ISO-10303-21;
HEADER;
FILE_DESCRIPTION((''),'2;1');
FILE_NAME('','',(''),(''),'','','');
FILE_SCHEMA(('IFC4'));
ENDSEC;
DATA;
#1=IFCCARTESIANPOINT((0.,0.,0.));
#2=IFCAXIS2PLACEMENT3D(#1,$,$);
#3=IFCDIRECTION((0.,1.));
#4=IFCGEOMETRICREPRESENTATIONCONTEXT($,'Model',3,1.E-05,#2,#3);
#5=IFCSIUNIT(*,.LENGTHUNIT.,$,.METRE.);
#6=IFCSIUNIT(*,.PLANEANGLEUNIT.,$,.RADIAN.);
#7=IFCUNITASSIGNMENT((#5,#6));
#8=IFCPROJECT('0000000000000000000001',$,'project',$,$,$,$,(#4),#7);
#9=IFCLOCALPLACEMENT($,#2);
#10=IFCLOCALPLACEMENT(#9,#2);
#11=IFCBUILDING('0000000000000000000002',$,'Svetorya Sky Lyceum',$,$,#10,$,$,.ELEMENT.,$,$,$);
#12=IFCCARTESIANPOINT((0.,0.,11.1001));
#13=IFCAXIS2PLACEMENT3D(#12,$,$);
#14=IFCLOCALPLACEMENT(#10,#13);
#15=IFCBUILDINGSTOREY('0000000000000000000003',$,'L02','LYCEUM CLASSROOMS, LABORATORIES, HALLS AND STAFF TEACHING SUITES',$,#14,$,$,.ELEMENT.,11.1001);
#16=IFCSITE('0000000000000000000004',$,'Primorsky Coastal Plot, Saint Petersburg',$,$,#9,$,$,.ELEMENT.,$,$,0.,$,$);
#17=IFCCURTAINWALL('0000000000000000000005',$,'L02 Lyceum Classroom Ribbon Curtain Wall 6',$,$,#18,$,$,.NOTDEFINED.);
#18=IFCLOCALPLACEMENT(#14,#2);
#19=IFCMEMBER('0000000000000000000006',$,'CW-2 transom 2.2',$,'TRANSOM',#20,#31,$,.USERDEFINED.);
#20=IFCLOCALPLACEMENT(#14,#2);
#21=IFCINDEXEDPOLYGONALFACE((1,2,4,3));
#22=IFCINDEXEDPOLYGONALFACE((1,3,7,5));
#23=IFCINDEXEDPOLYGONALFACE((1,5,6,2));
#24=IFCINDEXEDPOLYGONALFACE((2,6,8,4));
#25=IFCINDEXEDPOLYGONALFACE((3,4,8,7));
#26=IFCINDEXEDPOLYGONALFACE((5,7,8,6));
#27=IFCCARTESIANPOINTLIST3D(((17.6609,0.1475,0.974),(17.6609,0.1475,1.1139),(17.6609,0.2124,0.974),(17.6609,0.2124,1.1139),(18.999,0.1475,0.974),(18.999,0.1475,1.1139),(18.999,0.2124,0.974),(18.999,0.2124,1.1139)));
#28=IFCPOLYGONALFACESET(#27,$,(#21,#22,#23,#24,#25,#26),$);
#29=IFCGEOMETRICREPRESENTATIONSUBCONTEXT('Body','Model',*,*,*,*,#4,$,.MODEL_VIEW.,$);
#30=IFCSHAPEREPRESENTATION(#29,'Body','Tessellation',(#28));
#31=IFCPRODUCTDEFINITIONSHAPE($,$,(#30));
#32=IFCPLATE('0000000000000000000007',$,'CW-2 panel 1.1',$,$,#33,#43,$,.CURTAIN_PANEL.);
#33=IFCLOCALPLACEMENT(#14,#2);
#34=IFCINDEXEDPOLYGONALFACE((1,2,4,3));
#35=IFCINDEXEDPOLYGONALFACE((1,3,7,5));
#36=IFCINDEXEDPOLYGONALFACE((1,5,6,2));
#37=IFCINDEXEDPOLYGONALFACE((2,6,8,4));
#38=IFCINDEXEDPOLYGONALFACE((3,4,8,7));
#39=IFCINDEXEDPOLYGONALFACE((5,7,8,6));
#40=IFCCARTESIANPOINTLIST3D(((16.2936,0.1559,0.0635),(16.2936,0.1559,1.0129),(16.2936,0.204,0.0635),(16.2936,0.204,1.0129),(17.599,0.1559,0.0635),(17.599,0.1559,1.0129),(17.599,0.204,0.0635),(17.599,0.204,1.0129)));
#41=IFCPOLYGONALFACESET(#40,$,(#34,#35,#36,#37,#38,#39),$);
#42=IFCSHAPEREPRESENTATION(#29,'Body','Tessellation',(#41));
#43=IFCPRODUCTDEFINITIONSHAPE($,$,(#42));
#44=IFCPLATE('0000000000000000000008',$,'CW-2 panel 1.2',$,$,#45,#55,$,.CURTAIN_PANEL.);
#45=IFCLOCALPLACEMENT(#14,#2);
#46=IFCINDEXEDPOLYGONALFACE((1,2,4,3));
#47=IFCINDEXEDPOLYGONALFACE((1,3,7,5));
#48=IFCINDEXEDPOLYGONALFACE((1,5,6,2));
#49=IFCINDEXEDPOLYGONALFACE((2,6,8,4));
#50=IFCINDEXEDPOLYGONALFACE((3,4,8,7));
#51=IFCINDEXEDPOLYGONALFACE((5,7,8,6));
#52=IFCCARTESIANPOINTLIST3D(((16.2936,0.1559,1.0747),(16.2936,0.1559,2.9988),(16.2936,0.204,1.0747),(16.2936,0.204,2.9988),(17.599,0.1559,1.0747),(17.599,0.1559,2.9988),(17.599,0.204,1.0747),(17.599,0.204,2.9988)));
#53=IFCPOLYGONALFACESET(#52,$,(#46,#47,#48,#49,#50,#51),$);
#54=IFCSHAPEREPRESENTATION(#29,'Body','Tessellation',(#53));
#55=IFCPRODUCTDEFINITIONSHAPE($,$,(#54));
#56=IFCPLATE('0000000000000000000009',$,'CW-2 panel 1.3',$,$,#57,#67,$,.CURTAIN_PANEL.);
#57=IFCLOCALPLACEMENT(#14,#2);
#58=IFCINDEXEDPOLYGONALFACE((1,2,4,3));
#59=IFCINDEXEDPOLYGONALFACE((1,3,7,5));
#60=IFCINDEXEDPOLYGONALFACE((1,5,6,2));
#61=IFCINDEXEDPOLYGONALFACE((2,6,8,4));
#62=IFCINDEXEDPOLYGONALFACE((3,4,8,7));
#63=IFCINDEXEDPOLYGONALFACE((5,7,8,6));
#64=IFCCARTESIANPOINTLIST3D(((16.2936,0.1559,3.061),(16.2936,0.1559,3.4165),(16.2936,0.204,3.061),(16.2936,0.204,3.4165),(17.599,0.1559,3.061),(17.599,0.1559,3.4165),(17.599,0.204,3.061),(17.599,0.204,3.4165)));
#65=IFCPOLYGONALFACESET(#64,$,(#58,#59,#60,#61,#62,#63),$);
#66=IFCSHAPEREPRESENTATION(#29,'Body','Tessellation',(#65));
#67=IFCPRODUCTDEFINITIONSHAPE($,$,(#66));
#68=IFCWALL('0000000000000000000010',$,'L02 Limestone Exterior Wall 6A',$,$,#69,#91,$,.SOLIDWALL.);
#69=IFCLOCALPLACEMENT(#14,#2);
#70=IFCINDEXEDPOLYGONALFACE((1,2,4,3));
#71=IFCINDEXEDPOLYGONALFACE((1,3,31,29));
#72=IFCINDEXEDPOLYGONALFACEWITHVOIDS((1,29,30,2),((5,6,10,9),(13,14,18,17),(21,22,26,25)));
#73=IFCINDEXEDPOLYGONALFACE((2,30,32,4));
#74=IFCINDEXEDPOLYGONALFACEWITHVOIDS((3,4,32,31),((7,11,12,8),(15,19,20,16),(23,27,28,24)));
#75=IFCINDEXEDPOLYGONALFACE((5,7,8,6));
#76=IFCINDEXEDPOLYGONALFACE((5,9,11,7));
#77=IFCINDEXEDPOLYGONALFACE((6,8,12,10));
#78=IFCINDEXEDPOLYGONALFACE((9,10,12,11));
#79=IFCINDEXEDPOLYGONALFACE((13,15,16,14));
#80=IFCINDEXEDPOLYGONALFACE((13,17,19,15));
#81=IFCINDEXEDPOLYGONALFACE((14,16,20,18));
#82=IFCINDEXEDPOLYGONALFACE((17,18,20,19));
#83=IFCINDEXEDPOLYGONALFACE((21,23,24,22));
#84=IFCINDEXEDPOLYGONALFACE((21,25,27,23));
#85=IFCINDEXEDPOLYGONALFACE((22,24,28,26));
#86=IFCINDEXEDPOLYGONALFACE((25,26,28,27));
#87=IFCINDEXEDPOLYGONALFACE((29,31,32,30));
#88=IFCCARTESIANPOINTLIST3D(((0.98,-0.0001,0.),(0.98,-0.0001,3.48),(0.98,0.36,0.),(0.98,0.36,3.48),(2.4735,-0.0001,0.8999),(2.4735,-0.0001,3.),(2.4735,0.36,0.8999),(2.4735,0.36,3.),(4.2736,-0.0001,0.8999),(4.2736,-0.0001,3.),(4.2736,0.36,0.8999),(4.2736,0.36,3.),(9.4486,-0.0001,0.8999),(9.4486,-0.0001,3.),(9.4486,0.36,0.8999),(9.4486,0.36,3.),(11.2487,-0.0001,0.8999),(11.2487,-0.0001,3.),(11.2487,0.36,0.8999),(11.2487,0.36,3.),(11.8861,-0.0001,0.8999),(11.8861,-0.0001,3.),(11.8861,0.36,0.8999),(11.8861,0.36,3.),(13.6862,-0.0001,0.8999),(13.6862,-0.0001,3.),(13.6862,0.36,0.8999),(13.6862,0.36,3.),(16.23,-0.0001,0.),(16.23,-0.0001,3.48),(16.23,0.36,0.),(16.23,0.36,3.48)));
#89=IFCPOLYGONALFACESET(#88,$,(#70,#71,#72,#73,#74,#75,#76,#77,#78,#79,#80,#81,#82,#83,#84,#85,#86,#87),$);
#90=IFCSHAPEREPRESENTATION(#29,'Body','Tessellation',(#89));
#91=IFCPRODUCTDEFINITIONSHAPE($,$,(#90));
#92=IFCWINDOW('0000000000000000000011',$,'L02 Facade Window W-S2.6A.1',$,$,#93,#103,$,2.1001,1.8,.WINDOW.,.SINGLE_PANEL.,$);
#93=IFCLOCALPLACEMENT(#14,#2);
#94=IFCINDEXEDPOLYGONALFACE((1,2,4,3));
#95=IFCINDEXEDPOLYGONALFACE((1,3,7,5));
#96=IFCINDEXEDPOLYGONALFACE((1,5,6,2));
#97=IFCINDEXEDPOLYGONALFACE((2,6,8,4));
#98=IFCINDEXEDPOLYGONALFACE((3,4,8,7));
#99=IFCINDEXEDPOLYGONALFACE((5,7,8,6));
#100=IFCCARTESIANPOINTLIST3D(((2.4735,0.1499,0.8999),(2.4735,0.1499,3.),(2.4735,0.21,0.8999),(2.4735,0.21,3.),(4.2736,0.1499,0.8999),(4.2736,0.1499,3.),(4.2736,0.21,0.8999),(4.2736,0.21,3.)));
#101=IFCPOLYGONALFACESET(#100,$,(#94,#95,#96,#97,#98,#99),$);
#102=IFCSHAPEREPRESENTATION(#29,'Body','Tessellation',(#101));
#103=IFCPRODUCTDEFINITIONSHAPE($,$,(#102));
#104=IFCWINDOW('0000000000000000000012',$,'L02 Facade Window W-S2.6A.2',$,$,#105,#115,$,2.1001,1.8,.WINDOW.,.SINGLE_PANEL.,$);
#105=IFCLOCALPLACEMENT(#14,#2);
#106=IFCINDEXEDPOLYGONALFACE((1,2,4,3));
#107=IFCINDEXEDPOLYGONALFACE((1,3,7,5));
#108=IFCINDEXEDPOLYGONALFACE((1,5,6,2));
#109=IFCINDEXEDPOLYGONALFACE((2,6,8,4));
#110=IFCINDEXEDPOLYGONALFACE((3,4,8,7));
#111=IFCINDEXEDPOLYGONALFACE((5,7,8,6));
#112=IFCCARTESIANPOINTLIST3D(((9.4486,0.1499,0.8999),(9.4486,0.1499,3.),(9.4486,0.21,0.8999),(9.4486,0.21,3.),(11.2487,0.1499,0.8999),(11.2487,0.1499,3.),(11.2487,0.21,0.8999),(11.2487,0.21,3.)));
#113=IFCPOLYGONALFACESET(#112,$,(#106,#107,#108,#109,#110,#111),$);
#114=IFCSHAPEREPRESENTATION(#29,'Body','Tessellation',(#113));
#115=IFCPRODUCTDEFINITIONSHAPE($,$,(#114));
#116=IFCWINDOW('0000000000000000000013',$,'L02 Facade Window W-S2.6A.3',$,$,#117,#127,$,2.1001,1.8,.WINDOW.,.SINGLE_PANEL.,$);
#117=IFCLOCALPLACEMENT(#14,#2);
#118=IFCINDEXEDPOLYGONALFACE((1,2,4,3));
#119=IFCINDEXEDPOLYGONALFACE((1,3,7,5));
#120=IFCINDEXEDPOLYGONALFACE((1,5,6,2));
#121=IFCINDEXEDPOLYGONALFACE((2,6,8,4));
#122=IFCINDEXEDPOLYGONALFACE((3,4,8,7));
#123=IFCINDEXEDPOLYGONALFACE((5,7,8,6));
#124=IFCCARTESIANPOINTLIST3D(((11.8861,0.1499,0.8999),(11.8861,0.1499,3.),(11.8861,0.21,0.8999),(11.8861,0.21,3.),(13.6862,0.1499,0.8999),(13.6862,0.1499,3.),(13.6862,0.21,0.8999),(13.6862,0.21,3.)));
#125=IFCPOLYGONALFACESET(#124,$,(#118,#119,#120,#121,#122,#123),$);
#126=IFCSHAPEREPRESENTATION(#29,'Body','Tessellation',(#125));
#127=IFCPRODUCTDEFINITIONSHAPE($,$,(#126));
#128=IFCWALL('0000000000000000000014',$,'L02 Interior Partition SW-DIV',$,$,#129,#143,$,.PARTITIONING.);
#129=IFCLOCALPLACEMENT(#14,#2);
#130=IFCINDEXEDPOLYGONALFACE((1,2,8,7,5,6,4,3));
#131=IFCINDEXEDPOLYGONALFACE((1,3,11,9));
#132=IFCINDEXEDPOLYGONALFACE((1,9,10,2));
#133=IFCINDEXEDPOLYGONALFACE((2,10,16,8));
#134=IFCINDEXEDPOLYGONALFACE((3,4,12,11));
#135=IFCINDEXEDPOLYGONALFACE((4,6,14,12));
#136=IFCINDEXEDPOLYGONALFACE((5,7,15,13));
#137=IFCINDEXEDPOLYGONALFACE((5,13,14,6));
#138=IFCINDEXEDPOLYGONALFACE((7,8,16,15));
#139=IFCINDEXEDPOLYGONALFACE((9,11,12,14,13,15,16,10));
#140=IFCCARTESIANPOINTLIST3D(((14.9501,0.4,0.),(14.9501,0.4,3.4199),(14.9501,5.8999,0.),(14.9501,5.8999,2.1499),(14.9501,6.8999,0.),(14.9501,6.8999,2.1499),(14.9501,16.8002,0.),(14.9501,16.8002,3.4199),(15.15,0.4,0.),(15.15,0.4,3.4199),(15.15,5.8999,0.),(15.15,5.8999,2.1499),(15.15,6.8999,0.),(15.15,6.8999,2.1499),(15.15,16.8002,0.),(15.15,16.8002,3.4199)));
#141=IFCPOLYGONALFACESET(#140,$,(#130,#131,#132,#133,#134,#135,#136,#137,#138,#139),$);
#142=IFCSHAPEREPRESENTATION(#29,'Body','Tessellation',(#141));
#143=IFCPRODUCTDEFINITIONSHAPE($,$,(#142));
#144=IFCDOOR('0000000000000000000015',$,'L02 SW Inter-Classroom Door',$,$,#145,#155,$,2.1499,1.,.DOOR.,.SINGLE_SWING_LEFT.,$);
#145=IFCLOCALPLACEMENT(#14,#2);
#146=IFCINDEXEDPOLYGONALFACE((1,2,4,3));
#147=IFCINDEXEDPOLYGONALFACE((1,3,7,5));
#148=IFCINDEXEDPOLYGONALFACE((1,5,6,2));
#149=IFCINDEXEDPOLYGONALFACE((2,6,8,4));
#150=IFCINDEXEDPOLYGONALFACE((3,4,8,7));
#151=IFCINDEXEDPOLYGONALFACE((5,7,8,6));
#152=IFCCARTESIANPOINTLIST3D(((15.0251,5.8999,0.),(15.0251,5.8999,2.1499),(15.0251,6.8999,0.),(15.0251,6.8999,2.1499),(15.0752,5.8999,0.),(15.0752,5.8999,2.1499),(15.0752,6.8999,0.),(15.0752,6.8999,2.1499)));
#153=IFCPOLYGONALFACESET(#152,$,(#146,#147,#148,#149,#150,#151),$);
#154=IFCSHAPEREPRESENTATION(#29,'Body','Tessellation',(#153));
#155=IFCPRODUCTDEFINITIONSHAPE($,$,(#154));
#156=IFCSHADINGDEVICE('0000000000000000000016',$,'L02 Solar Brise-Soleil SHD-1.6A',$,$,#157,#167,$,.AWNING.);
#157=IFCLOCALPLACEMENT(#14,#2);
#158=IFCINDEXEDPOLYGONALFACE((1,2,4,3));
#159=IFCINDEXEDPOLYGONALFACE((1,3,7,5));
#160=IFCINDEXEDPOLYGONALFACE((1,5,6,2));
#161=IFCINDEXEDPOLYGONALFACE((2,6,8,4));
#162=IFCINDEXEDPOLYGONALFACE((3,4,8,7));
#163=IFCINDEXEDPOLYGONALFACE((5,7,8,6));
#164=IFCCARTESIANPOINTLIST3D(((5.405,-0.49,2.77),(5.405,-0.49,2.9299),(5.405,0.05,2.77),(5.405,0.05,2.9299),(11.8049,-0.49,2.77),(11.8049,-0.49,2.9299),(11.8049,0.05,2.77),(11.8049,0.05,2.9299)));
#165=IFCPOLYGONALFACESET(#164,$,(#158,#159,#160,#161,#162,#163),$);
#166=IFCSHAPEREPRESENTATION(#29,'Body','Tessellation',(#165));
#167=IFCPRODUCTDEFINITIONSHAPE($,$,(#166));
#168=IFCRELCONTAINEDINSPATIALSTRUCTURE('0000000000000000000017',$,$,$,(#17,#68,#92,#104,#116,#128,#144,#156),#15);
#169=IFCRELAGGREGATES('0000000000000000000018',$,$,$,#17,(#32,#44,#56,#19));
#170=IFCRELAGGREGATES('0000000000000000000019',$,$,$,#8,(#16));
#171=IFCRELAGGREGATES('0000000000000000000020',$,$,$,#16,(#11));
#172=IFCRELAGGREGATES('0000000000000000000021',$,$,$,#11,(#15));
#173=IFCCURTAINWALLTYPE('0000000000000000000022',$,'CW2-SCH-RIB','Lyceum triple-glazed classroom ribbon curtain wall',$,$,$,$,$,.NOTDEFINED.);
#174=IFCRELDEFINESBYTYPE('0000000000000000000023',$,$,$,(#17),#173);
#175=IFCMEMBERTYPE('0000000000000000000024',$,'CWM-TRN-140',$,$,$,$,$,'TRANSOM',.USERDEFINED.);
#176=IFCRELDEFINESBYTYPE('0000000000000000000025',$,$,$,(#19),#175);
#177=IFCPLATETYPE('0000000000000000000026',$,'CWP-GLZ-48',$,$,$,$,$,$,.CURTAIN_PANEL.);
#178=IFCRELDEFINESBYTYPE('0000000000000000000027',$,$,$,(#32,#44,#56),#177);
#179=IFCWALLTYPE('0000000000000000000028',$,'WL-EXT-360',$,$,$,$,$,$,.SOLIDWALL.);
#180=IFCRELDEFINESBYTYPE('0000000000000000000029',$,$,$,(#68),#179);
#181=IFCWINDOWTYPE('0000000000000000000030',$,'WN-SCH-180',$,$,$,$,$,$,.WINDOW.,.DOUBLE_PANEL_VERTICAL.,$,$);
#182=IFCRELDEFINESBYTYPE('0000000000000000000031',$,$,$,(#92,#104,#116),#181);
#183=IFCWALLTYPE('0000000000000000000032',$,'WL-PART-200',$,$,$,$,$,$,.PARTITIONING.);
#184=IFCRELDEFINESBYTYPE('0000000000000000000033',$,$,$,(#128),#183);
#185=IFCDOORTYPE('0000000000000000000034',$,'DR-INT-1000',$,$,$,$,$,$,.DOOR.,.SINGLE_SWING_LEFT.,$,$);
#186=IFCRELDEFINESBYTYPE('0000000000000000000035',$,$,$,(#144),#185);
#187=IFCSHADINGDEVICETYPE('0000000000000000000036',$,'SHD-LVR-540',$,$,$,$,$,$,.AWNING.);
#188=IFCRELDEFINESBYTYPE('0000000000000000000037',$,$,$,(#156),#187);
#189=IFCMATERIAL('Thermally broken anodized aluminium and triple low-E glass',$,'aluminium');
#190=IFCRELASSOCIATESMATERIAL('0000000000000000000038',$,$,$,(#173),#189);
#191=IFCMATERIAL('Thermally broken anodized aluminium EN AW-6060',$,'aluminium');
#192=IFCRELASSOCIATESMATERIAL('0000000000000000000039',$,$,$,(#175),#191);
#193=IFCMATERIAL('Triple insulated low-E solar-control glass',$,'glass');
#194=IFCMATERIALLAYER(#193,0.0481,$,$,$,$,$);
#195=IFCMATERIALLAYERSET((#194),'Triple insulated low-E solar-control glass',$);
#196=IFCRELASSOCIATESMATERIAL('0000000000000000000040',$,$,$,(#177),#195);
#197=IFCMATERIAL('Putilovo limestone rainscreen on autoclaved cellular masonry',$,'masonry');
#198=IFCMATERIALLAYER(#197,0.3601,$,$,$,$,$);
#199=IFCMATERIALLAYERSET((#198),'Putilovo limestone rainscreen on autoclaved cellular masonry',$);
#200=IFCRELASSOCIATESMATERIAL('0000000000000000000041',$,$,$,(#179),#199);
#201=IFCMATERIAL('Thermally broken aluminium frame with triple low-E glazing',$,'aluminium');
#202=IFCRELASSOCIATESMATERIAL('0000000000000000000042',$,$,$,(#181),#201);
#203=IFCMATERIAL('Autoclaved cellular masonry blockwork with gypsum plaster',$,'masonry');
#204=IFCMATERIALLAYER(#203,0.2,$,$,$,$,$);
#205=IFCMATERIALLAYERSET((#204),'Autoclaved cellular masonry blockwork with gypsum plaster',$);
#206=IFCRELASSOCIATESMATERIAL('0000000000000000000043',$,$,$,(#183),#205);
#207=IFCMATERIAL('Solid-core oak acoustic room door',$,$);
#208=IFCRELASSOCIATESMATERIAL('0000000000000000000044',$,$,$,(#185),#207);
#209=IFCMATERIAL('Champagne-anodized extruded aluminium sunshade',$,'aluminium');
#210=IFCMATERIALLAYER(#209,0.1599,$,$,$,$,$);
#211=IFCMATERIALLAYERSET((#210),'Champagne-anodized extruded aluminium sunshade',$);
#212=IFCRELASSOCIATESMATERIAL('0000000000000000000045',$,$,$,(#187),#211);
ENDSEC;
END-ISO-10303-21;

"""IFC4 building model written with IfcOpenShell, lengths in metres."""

from ifc_helpers import new_model, si_unit, direction, frame, frame_2d, origin, origin_2d, place, context, subcontext, project, spatial, rectangle, extrude, material, layer, layer_set, material_profile, profile_set, type_object, element, fill, aggregate, save


model = new_model("IFC4")

# Units and contexts
model_context = context("Model", 3, precision=1e-05, world=origin(), true_north=direction((0.0, 1.0)))
body_context = subcontext(model_context, "Body", "Model", "MODEL_VIEW")
ifc_project = project(units=[si_unit("LENGTHUNIT", "METRE"), si_unit("PLANEANGLEUNIT", "RADIAN")], contexts=[model_context])

# Site, building, storey
site_placement = place(None, origin())
site = spatial("IfcSite", under=ifc_project, at=site_placement, Name="Primorsky Coastal Plot, Saint Petersburg", CompositionType="ELEMENT", RefElevation=0.0)
building_placement = place(site_placement, origin())
building = spatial("IfcBuilding", under=site, at=building_placement, Name="Svetorya Sky Lyceum", CompositionType="ELEMENT")
storey_placement = place(building_placement, frame((0.0, 0.0, 11.1001)))
storey = spatial("IfcBuildingStorey", under=building, at=storey_placement, Name="L02", Description="LYCEUM CLASSROOMS, LABORATORIES, HALLS AND STAFF TEACHING SUITES", CompositionType="ELEMENT", Elevation=11.1001)

# Curtain wall, member, plates
ifc_material_1 = material(Name="Thermally broken anodized aluminium and triple low-E glass", Category="aluminium")
curtain_wall_type = type_object("IfcCurtainWallType", Name="CW2-SCH-RIB", Description="Lyceum triple-glazed classroom ribbon curtain wall", PredefinedType="NOTDEFINED", material=ifc_material_1)
curtain_wall_placement = place(storey_placement, origin())
curtain_wall = element("IfcCurtainWall", 1, at=curtain_wall_placement, inside=storey, type_object=curtain_wall_type, Name="L02 Lyceum Classroom Ribbon Curtain Wall 6", PredefinedType="NOTDEFINED")
ifc_material_2 = material(Name="Thermally broken anodized aluminium EN AW-6060", Category="aluminium")
ifc_material_profile_1 = material_profile(ifc_material_2, rectangle(XDim=0.0649, YDim=0.1399, at=origin_2d()), Name="ALU TRANSOM 65x140")
ifc_profile_set_1 = profile_set([ifc_material_profile_1], Name="Thermally broken anodized aluminium EN AW-6060")
member_type_1 = type_object("IfcMemberType", Name="CWM-TRN-140", ElementType="TRANSOM", PredefinedType="USERDEFINED", material=ifc_profile_set_1)
member_1_placement = place(storey_placement, frame((17.6609, 0.1799, 1.0439), z_axis=(1.0, 0.0, 0.0), x_axis=(0.0, 1.0, 0.0)))
member_1 = element("IfcMember", 2, at=member_1_placement, type_object=member_type_1, Name="CW-2 transom 2.2", ObjectType="TRANSOM", PredefinedType="USERDEFINED", context=body_context, shape_type="SweptSolid", body=[
    extrude(rectangle(XDim=0.0649, YDim=0.1399, at=origin_2d()), origin(), (0.0, 0.0, 1.0), 1.3381),
])
ifc_material_3 = material(Name="Triple insulated low-E solar-control glass", Category="glass")
ifc_layer_1 = layer(ifc_material_3, 0.0481)
ifc_layer_set_1 = layer_set([ifc_layer_1], Name="Triple insulated low-E solar-control glass")
plate_type = type_object("IfcPlateType", Name="CWP-GLZ-48", PredefinedType="CURTAIN_PANEL", material=ifc_layer_set_1)
plate_1_placement = place(storey_placement, frame((16.9463, 0.1799, 0.0635), z_axis=(0.0, 0.0, 1.0), x_axis=(1.0, 0.0, 0.0)))
plate_1 = element("IfcPlate", 3, at=plate_1_placement, type_object=plate_type, Name="CW-2 panel 1.1", PredefinedType="CURTAIN_PANEL", context=body_context, shape_type="SweptSolid", body=[
    extrude(rectangle(XDim=1.3054, YDim=0.0481, at=origin_2d()), origin(), (0.0, 0.0, 1.0), 0.9495),
])
plate_2_placement = place(storey_placement, frame((16.9463, 0.1799, 1.0747), z_axis=(0.0, 0.0, 1.0), x_axis=(1.0, 0.0, 0.0)))
plate_2 = element("IfcPlate", 4, at=plate_2_placement, type_object=plate_type, Name="CW-2 panel 1.2", PredefinedType="CURTAIN_PANEL", context=body_context, shape_type="SweptSolid", body=[
    extrude(rectangle(XDim=1.3054, YDim=0.0481, at=origin_2d()), origin(), (0.0, 0.0, 1.0), 1.9241),
])
plate_3_placement = place(storey_placement, frame((16.9463, 0.1799, 3.061), z_axis=(0.0, 0.0, 1.0), x_axis=(1.0, 0.0, 0.0)))
plate_3 = element("IfcPlate", 5, at=plate_3_placement, type_object=plate_type, Name="CW-2 panel 1.3", PredefinedType="CURTAIN_PANEL", context=body_context, shape_type="SweptSolid", body=[
    extrude(rectangle(XDim=1.3054, YDim=0.0481, at=origin_2d()), origin(), (0.0, 0.0, 1.0), 0.3555),
])
aggregate(curtain_wall, [plate_1, plate_2, plate_3, member_1])

# Wall, openings, windows
ifc_material_4 = material(Name="Putilovo limestone rainscreen on autoclaved cellular masonry", Category="masonry")
ifc_layer_2 = layer(ifc_material_4, 0.3601)
ifc_layer_set_2 = layer_set([ifc_layer_2], Name="Putilovo limestone rainscreen on autoclaved cellular masonry")
wall_type_1 = type_object("IfcWallType", Name="WL-EXT-360", PredefinedType="SOLIDWALL", material=ifc_layer_set_2)
wall_1_placement = place(storey_placement, frame((0.98, 0.1799, 0.0), z_axis=(0.0, 0.0, 1.0), x_axis=(1.0, 0.0, 0.0)))
wall_1 = element("IfcWall", 6, at=wall_1_placement, inside=storey, type_object=wall_type_1, Name="L02 Limestone Exterior Wall 6A", PredefinedType="SOLIDWALL", context=body_context, shape_type="SweptSolid", body=[
    extrude(rectangle(XDim=15.25, YDim=0.3601, at=frame_2d((7.625, 0.0))), origin(), (0.0, 0.0, 1.0), 3.48),
])
opening_1_placement = place(wall_1_placement, frame((1.4937, 0.0, 0.8999)))
opening_1 = element("IfcOpeningElement", 7, at=opening_1_placement, cuts=wall_1, PredefinedType="OPENING", context=body_context, shape_type="SweptSolid", body=[
    extrude(rectangle(XDim=1.8, YDim=2.1001, at=frame_2d((0.8999, 1.05))), frame((0.0, 0.1899, 0.0), z_axis=(0.0, -1.0, 0.0), x_axis=(1.0, 0.0, 0.0)), (0.0, 0.0, 1.0), 0.3801),
])
opening_2_placement = place(wall_1_placement, frame((8.4688, 0.0, 0.8999)))
opening_2 = element("IfcOpeningElement", 8, at=opening_2_placement, cuts=wall_1, PredefinedType="OPENING", context=body_context, shape_type="SweptSolid", body=[
    extrude(rectangle(XDim=1.8, YDim=2.1001, at=frame_2d((0.8999, 1.05))), frame((0.0, 0.1899, 0.0), z_axis=(0.0, -1.0, 0.0), x_axis=(1.0, 0.0, 0.0)), (0.0, 0.0, 1.0), 0.3801),
])
opening_3_placement = place(wall_1_placement, frame((10.9062, 0.0, 0.8999)))
opening_3 = element("IfcOpeningElement", 9, at=opening_3_placement, cuts=wall_1, PredefinedType="OPENING", context=body_context, shape_type="SweptSolid", body=[
    extrude(rectangle(XDim=1.8, YDim=2.1001, at=frame_2d((0.8999, 1.05))), frame((0.0, 0.1899, 0.0), z_axis=(0.0, -1.0, 0.0), x_axis=(1.0, 0.0, 0.0)), (0.0, 0.0, 1.0), 0.3801),
])
ifc_material_5 = material(Name="Thermally broken aluminium frame with triple low-E glazing", Category="aluminium")
window_type = type_object("IfcWindowType", Name="WN-SCH-180", PartitioningType="DOUBLE_PANEL_VERTICAL", PredefinedType="WINDOW", material=ifc_material_5)
window_1_placement = place(opening_1_placement, origin())
window_1 = element("IfcWindow", 10, at=window_1_placement, inside=storey, type_object=window_type, Name="L02 Facade Window W-S2.6A.1", OverallHeight=2.1001, OverallWidth=1.8, PartitioningType="SINGLE_PANEL", PredefinedType="WINDOW", context=body_context, shape_type="SweptSolid", body=[
    extrude(rectangle(XDim=1.8, YDim=2.1001, at=frame_2d((0.8999, 1.05))), frame((0.0, 0.03, 0.0), z_axis=(0.0, -1.0, 0.0), x_axis=(1.0, 0.0, 0.0)), (0.0, 0.0, 1.0), 0.0601),
])
fill(opening_1, window_1)
window_2_placement = place(opening_2_placement, origin())
window_2 = element("IfcWindow", 11, at=window_2_placement, inside=storey, type_object=window_type, Name="L02 Facade Window W-S2.6A.2", OverallHeight=2.1001, OverallWidth=1.8, PartitioningType="SINGLE_PANEL", PredefinedType="WINDOW", context=body_context, shape_type="SweptSolid", body=[
    extrude(rectangle(XDim=1.8, YDim=2.1001, at=frame_2d((0.8999, 1.05))), frame((0.0, 0.03, 0.0), z_axis=(0.0, -1.0, 0.0), x_axis=(1.0, 0.0, 0.0)), (0.0, 0.0, 1.0), 0.0601),
])
fill(opening_2, window_2)
window_3_placement = place(opening_3_placement, origin())
window_3 = element("IfcWindow", 12, at=window_3_placement, inside=storey, type_object=window_type, Name="L02 Facade Window W-S2.6A.3", OverallHeight=2.1001, OverallWidth=1.8, PartitioningType="SINGLE_PANEL", PredefinedType="WINDOW", context=body_context, shape_type="SweptSolid", body=[
    extrude(rectangle(XDim=1.8, YDim=2.1001, at=frame_2d((0.8999, 1.05))), frame((0.0, 0.03, 0.0), z_axis=(0.0, -1.0, 0.0), x_axis=(1.0, 0.0, 0.0)), (0.0, 0.0, 1.0), 0.0601),
])
fill(opening_3, window_3)

# Wall, opening, door
ifc_material_6 = material(Name="Autoclaved cellular masonry blockwork with gypsum plaster", Category="masonry")
ifc_layer_3 = layer(ifc_material_6, 0.2)
ifc_layer_set_3 = layer_set([ifc_layer_3], Name="Autoclaved cellular masonry blockwork with gypsum plaster")
wall_type_2 = type_object("IfcWallType", Name="WL-PART-200", PredefinedType="PARTITIONING", material=ifc_layer_set_3)
wall_2_placement = place(storey_placement, frame((15.05, 0.3999, 0.0), z_axis=(0.0, 0.0, 1.0), x_axis=(0.0, 1.0, 0.0)))
wall_2 = element("IfcWall", 13, at=wall_2_placement, inside=storey, type_object=wall_type_2, Name="L02 Interior Partition SW-DIV", PredefinedType="PARTITIONING", context=body_context, shape_type="SweptSolid", body=[
    extrude(rectangle(XDim=16.4001, YDim=0.2, at=frame_2d((8.2002, 0.0))), origin(), (0.0, 0.0, 1.0), 3.4199),
])
opening_4_placement = place(wall_2_placement, frame((5.5, 0.0, 0.0)))
opening_4 = element("IfcOpeningElement", 14, at=opening_4_placement, cuts=wall_2, PredefinedType="OPENING", context=body_context, shape_type="SweptSolid", body=[
    extrude(rectangle(XDim=1.0, YDim=2.1499, at=frame_2d((0.5, 1.075))), frame((0.0, 0.1099, 0.0), z_axis=(0.0, -1.0, 0.0), x_axis=(1.0, 0.0, 0.0)), (0.0, 0.0, 1.0), 0.22),
])
ifc_material_7 = material(Name="Solid-core oak acoustic room door")
door_type = type_object("IfcDoorType", Name="DR-INT-1000", OperationType="SINGLE_SWING_LEFT", PredefinedType="DOOR", material=ifc_material_7)
door_placement = place(opening_4_placement, origin())
door = element("IfcDoor", 15, at=door_placement, inside=storey, type_object=door_type, Name="L02 SW Inter-Classroom Door", OperationType="SINGLE_SWING_LEFT", OverallHeight=2.1499, OverallWidth=1.0, PredefinedType="DOOR", context=body_context, shape_type="SweptSolid", body=[
    extrude(rectangle(XDim=1.0, YDim=2.1499, at=frame_2d((0.5, 1.075))), frame((0.0, 0.0249, 0.0), z_axis=(0.0, -1.0, 0.0), x_axis=(1.0, 0.0, 0.0)), (0.0, 0.0, 1.0), 0.05),
])
fill(opening_4, door)

# Shading device
ifc_material_8 = material(Name="Champagne-anodized extruded aluminium sunshade", Category="aluminium")
ifc_layer_4 = layer(ifc_material_8, 0.1599)
ifc_layer_set_4 = layer_set([ifc_layer_4], Name="Champagne-anodized extruded aluminium sunshade")
shading_device_type = type_object("IfcShadingDeviceType", Name="SHD-LVR-540", PredefinedType="AWNING", material=ifc_layer_set_4)
shading_device_placement = place(storey_placement, frame((8.605, -0.22, 2.77), z_axis=(0.0, 0.0, 1.0), x_axis=(1.0, 0.0, 0.0)))
element("IfcShadingDevice", 16, at=shading_device_placement, inside=storey, type_object=shading_device_type, Name="L02 Solar Brise-Soleil SHD-1.6A", PredefinedType="AWNING", context=body_context, shape_type="SweptSolid", body=[
    extrude(rectangle(XDim=6.3999, YDim=0.54, at=origin_2d()), origin(), (0.0, 0.0, 1.0), 0.1599),
])

save(model, "model.ifc")
